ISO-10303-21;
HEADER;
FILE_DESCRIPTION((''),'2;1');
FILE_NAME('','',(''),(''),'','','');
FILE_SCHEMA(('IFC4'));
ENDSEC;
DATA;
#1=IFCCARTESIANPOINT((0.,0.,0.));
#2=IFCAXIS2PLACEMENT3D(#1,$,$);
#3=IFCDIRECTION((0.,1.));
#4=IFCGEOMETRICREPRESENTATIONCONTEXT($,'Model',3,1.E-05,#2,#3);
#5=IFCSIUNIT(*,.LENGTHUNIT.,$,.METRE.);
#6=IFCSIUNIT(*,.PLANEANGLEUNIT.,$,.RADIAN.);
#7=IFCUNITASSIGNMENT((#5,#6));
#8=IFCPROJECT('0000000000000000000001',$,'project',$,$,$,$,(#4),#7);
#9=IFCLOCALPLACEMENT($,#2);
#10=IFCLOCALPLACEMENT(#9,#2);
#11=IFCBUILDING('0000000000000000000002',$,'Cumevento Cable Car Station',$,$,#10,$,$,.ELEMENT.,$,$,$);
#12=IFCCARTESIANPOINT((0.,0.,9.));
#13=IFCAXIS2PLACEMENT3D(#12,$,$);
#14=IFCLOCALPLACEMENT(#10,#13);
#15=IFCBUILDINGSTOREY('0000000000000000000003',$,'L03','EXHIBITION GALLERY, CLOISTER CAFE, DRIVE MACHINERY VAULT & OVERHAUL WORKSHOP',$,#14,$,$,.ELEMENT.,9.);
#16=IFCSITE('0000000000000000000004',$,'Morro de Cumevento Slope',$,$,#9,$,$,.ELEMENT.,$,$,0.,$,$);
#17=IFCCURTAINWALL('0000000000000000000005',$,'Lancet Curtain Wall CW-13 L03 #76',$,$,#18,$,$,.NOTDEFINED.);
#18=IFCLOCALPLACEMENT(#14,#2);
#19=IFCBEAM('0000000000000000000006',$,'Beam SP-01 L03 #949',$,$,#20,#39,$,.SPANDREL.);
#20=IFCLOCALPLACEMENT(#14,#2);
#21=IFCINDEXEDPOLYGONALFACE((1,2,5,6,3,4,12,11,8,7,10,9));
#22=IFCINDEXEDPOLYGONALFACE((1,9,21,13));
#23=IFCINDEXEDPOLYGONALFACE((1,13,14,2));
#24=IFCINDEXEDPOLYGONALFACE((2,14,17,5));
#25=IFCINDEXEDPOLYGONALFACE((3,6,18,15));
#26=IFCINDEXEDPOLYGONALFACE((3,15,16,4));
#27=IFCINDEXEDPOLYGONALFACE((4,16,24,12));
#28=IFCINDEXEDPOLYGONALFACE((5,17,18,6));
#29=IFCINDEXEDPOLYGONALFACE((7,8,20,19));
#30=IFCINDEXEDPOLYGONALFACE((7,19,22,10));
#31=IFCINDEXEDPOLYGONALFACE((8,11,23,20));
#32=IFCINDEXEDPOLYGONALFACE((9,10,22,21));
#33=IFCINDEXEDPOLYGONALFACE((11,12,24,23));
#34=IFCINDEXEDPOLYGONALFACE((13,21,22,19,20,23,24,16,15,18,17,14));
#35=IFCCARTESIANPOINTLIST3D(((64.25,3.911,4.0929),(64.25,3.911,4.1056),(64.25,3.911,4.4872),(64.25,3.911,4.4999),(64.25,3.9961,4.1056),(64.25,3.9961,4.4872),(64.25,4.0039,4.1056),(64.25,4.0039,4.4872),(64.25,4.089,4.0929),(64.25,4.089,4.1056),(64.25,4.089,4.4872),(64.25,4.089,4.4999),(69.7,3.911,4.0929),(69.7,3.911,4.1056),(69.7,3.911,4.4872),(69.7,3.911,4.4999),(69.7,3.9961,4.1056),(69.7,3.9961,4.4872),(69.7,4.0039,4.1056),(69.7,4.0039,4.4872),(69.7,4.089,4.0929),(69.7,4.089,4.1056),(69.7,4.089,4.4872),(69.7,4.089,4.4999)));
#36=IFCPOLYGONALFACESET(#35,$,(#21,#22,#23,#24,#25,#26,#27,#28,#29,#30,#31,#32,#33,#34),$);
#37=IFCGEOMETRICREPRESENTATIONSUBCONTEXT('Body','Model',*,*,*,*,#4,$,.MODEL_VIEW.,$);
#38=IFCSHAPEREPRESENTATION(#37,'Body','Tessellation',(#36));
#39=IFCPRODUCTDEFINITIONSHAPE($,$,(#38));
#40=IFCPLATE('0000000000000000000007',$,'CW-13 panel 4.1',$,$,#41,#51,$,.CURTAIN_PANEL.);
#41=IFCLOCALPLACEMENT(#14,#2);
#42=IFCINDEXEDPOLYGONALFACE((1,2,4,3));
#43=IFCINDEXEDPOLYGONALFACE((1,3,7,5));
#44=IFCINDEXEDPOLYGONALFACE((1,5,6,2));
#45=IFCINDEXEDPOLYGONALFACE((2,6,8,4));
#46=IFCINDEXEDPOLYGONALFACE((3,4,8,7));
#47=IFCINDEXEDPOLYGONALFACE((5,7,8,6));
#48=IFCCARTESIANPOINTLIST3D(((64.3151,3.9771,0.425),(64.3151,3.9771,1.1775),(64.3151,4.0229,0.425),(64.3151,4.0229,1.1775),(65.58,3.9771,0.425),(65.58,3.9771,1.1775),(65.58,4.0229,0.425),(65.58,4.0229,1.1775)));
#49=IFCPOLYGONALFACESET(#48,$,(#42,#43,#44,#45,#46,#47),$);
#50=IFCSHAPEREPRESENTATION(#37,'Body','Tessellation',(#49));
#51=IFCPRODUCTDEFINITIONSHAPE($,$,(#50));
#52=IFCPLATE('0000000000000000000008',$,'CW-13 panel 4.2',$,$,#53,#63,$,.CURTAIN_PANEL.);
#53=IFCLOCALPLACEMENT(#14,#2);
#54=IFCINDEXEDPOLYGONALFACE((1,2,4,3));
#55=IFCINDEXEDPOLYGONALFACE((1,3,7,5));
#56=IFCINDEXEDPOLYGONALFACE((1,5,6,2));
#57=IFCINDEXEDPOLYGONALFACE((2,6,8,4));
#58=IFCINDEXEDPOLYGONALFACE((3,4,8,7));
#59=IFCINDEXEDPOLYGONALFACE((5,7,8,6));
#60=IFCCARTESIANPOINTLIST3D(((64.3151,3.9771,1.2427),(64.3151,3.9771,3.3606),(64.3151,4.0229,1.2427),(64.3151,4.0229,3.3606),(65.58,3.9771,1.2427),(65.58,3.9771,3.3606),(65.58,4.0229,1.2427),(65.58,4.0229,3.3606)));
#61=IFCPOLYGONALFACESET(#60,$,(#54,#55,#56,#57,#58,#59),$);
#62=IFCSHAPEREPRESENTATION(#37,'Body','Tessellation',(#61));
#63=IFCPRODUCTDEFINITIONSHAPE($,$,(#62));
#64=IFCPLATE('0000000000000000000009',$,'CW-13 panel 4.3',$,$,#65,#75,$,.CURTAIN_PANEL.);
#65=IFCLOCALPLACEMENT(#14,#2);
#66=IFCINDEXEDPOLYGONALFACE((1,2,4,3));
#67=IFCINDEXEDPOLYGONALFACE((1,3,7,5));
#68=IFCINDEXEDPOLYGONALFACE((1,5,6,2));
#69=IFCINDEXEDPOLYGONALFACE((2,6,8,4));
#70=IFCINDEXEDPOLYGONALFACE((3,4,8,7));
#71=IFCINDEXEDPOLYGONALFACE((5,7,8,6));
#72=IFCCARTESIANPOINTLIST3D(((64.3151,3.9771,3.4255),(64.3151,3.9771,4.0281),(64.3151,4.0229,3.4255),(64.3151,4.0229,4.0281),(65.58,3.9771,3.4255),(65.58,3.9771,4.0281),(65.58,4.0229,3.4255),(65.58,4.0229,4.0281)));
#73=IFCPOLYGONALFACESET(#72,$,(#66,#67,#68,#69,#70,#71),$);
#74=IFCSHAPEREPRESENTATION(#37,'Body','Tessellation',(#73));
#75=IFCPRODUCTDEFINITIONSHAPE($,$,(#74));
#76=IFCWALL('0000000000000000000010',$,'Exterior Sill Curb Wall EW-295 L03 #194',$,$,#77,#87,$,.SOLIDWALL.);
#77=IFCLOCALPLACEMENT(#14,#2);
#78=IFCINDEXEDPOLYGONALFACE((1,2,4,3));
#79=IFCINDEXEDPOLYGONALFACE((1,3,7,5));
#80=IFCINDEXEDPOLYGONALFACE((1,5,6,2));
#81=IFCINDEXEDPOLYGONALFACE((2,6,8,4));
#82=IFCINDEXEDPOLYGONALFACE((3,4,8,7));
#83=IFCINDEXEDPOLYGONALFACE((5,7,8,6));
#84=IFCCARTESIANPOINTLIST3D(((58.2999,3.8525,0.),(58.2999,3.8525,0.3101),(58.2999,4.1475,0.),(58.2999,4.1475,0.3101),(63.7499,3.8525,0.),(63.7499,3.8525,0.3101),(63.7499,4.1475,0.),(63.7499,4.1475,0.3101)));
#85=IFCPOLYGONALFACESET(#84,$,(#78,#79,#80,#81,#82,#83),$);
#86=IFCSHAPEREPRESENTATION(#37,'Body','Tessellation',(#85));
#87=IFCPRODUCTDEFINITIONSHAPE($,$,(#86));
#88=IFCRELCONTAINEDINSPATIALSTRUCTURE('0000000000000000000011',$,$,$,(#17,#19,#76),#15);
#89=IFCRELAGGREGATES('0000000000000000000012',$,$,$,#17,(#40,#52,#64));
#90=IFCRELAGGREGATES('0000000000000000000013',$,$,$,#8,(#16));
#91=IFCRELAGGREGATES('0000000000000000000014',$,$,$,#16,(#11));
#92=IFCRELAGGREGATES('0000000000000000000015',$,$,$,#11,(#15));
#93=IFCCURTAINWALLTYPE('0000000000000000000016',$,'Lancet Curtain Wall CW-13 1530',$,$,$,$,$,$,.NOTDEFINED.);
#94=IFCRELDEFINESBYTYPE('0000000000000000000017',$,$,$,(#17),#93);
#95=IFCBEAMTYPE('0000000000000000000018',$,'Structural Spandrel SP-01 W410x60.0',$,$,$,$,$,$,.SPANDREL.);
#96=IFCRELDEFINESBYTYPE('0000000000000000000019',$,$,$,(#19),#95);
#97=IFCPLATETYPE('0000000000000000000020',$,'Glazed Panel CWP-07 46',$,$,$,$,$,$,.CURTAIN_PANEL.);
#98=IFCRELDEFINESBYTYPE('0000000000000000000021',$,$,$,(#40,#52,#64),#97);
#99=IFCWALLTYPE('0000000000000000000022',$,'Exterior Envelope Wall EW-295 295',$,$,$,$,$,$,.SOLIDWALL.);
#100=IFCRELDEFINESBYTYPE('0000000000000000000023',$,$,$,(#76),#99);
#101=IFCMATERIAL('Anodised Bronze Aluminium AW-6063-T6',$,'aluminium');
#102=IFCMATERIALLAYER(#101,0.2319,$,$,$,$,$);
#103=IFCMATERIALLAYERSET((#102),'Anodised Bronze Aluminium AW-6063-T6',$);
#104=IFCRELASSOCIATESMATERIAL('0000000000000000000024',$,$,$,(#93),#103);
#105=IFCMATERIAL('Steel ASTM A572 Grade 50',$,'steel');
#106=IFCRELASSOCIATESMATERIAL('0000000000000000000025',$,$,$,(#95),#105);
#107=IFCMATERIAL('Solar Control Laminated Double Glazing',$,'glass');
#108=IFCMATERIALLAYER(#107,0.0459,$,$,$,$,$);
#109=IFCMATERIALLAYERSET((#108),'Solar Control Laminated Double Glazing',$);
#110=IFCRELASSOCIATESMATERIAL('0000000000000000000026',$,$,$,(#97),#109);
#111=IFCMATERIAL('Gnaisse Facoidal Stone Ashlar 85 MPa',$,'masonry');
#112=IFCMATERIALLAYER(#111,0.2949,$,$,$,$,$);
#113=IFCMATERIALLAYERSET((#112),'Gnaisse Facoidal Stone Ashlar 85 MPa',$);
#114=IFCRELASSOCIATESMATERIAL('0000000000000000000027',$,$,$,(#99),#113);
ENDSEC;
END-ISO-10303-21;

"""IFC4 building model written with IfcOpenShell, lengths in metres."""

from ifc_helpers import new_model, si_unit, direction, frame, frame_2d, origin, origin_2d, place, context, subcontext, project, spatial, rectangle, i_section, extrude, material, layer, layer_set, material_profile, profile_set, type_object, element, aggregate, save


model = new_model("IFC4")

# Units and contexts
model_context = context("Model", 3, precision=1e-05, world=origin(), true_north=direction((0.0, 1.0)))
body_context = subcontext(model_context, "Body", "Model", "MODEL_VIEW")
ifc_project = project(units=[si_unit("LENGTHUNIT", "METRE"), si_unit("PLANEANGLEUNIT", "RADIAN")], contexts=[model_context])

# Site, building, storey
site_placement = place(None, origin())
site = spatial("IfcSite", under=ifc_project, at=site_placement, Name="Morro de Cumevento Slope", CompositionType="ELEMENT", RefElevation=0.0)
building_placement = place(site_placement, origin())
building = spatial("IfcBuilding", under=site, at=building_placement, Name="Cumevento Cable Car Station", CompositionType="ELEMENT")
storey_placement = place(building_placement, frame((0.0, 0.0, 9.0)))
storey = spatial("IfcBuildingStorey", under=building, at=storey_placement, Name="L03", Description="EXHIBITION GALLERY, CLOISTER CAFE, DRIVE MACHINERY VAULT & OVERHAUL WORKSHOP", CompositionType="ELEMENT", Elevation=9.0)

# Curtain wall
ifc_material_1 = material(Name="Anodised Bronze Aluminium AW-6063-T6", Category="aluminium")
ifc_layer_1 = layer(ifc_material_1, 0.2319)
ifc_layer_set_1 = layer_set([ifc_layer_1], Name="Anodised Bronze Aluminium AW-6063-T6")
curtain_wall_type_1 = type_object("IfcCurtainWallType", Name="Lancet Curtain Wall CW-13 1530", PredefinedType="NOTDEFINED", material=ifc_layer_set_1)
curtain_wall_1_placement = place(storey_placement, origin())
curtain_wall_1 = element("IfcCurtainWall", 1, at=curtain_wall_1_placement, inside=storey, type_object=curtain_wall_type_1, Name="Lancet Curtain Wall CW-13 L03 #76", PredefinedType="NOTDEFINED")

# Beam
ifc_material_2 = material(Name="Steel ASTM A572 Grade 50", Category="steel")
ifc_material_profile_1 = material_profile(ifc_material_2, i_section(OverallWidth=0.178, OverallDepth=0.407, WebThickness=0.0078, FlangeThickness=0.0127, at=origin_2d()), Name="W410x60.0")
ifc_profile_set_1 = profile_set([ifc_material_profile_1], Name="Steel ASTM A572 Grade 50")
beam_type = type_object("IfcBeamType", Name="Structural Spandrel SP-01 W410x60.0", PredefinedType="SPANDREL", material=ifc_profile_set_1)
beam_placement = place(storey_placement, frame((64.25, 4.0, 4.2964), z_axis=(1.0, 0.0, 0.0), x_axis=(0.0, 1.0, 0.0)))
element("IfcBeam", 2, at=beam_placement, inside=storey, type_object=beam_type, Name="Beam SP-01 L03 #949", PredefinedType="SPANDREL", context=body_context, shape_type="SweptSolid", body=[
    extrude(i_section(OverallWidth=0.178, OverallDepth=0.407, WebThickness=0.0078, FlangeThickness=0.0127, at=origin_2d()), origin(), (0.0, 0.0, 1.0), 5.45),
])

# Plates
ifc_material_3 = material(Name="Solar Control Laminated Double Glazing", Category="glass")
ifc_layer_2 = layer(ifc_material_3, 0.0459)
ifc_layer_set_2 = layer_set([ifc_layer_2], Name="Solar Control Laminated Double Glazing")
plate_type = type_object("IfcPlateType", Name="Glazed Panel CWP-07 46", PredefinedType="CURTAIN_PANEL", material=ifc_layer_set_2)
plate_1_placement = place(storey_placement, frame((64.9475, 4.0, 0.425), z_axis=(0.0, 0.0, 1.0), x_axis=(-1.0, 0.0, 0.0)))
plate_1 = element("IfcPlate", 3, at=plate_1_placement, type_object=plate_type, Name="CW-13 panel 4.1", PredefinedType="CURTAIN_PANEL", context=body_context, shape_type="SweptSolid", body=[
    extrude(rectangle(XDim=1.2649, YDim=0.0459, at=origin_2d()), origin(), (0.0, 0.0, 1.0), 0.7524),
])
plate_2_placement = place(storey_placement, frame((64.9475, 4.0, 1.2427), z_axis=(0.0, 0.0, 1.0), x_axis=(-1.0, 0.0, 0.0)))
plate_2 = element("IfcPlate", 4, at=plate_2_placement, type_object=plate_type, Name="CW-13 panel 4.2", PredefinedType="CURTAIN_PANEL", context=body_context, shape_type="SweptSolid", body=[
    extrude(rectangle(XDim=1.2649, YDim=0.0459, at=origin_2d()), origin(), (0.0, 0.0, 1.0), 2.1179),
])
plate_3_placement = place(storey_placement, frame((64.9475, 4.0, 3.4255), z_axis=(0.0, 0.0, 1.0), x_axis=(-1.0, 0.0, 0.0)))
plate_3 = element("IfcPlate", 5, at=plate_3_placement, type_object=plate_type, Name="CW-13 panel 4.3", PredefinedType="CURTAIN_PANEL", context=body_context, shape_type="SweptSolid", body=[
    extrude(rectangle(XDim=1.2649, YDim=0.0459, at=origin_2d()), origin(), (0.0, 0.0, 1.0), 0.6025),
])
aggregate(curtain_wall_1, [plate_1, plate_2, plate_3])

# Wall
ifc_material_4 = material(Name="Gnaisse Facoidal Stone Ashlar 85 MPa", Category="masonry")
ifc_layer_3 = layer(ifc_material_4, 0.2949)
ifc_layer_set_3 = layer_set([ifc_layer_3], Name="Gnaisse Facoidal Stone Ashlar 85 MPa")
wall_type = type_object("IfcWallType", Name="Exterior Envelope Wall EW-295 295", PredefinedType="SOLIDWALL", material=ifc_layer_set_3)
wall_placement = place(storey_placement, frame((63.75, 4.0, 0.0), z_axis=(0.0, 0.0, 1.0), x_axis=(-1.0, 0.0, 0.0)))
element("IfcWall", 6, at=wall_placement, inside=storey, type_object=wall_type, Name="Exterior Sill Curb Wall EW-295 L03 #194", PredefinedType="SOLIDWALL", context=body_context, shape_type="SweptSolid", body=[
    extrude(rectangle(XDim=5.45, YDim=0.2949, at=frame_2d((2.7251, 0.0))), origin(), (0.0, 0.0, 1.0), 0.3101),
])

save(model, "model.ifc")
